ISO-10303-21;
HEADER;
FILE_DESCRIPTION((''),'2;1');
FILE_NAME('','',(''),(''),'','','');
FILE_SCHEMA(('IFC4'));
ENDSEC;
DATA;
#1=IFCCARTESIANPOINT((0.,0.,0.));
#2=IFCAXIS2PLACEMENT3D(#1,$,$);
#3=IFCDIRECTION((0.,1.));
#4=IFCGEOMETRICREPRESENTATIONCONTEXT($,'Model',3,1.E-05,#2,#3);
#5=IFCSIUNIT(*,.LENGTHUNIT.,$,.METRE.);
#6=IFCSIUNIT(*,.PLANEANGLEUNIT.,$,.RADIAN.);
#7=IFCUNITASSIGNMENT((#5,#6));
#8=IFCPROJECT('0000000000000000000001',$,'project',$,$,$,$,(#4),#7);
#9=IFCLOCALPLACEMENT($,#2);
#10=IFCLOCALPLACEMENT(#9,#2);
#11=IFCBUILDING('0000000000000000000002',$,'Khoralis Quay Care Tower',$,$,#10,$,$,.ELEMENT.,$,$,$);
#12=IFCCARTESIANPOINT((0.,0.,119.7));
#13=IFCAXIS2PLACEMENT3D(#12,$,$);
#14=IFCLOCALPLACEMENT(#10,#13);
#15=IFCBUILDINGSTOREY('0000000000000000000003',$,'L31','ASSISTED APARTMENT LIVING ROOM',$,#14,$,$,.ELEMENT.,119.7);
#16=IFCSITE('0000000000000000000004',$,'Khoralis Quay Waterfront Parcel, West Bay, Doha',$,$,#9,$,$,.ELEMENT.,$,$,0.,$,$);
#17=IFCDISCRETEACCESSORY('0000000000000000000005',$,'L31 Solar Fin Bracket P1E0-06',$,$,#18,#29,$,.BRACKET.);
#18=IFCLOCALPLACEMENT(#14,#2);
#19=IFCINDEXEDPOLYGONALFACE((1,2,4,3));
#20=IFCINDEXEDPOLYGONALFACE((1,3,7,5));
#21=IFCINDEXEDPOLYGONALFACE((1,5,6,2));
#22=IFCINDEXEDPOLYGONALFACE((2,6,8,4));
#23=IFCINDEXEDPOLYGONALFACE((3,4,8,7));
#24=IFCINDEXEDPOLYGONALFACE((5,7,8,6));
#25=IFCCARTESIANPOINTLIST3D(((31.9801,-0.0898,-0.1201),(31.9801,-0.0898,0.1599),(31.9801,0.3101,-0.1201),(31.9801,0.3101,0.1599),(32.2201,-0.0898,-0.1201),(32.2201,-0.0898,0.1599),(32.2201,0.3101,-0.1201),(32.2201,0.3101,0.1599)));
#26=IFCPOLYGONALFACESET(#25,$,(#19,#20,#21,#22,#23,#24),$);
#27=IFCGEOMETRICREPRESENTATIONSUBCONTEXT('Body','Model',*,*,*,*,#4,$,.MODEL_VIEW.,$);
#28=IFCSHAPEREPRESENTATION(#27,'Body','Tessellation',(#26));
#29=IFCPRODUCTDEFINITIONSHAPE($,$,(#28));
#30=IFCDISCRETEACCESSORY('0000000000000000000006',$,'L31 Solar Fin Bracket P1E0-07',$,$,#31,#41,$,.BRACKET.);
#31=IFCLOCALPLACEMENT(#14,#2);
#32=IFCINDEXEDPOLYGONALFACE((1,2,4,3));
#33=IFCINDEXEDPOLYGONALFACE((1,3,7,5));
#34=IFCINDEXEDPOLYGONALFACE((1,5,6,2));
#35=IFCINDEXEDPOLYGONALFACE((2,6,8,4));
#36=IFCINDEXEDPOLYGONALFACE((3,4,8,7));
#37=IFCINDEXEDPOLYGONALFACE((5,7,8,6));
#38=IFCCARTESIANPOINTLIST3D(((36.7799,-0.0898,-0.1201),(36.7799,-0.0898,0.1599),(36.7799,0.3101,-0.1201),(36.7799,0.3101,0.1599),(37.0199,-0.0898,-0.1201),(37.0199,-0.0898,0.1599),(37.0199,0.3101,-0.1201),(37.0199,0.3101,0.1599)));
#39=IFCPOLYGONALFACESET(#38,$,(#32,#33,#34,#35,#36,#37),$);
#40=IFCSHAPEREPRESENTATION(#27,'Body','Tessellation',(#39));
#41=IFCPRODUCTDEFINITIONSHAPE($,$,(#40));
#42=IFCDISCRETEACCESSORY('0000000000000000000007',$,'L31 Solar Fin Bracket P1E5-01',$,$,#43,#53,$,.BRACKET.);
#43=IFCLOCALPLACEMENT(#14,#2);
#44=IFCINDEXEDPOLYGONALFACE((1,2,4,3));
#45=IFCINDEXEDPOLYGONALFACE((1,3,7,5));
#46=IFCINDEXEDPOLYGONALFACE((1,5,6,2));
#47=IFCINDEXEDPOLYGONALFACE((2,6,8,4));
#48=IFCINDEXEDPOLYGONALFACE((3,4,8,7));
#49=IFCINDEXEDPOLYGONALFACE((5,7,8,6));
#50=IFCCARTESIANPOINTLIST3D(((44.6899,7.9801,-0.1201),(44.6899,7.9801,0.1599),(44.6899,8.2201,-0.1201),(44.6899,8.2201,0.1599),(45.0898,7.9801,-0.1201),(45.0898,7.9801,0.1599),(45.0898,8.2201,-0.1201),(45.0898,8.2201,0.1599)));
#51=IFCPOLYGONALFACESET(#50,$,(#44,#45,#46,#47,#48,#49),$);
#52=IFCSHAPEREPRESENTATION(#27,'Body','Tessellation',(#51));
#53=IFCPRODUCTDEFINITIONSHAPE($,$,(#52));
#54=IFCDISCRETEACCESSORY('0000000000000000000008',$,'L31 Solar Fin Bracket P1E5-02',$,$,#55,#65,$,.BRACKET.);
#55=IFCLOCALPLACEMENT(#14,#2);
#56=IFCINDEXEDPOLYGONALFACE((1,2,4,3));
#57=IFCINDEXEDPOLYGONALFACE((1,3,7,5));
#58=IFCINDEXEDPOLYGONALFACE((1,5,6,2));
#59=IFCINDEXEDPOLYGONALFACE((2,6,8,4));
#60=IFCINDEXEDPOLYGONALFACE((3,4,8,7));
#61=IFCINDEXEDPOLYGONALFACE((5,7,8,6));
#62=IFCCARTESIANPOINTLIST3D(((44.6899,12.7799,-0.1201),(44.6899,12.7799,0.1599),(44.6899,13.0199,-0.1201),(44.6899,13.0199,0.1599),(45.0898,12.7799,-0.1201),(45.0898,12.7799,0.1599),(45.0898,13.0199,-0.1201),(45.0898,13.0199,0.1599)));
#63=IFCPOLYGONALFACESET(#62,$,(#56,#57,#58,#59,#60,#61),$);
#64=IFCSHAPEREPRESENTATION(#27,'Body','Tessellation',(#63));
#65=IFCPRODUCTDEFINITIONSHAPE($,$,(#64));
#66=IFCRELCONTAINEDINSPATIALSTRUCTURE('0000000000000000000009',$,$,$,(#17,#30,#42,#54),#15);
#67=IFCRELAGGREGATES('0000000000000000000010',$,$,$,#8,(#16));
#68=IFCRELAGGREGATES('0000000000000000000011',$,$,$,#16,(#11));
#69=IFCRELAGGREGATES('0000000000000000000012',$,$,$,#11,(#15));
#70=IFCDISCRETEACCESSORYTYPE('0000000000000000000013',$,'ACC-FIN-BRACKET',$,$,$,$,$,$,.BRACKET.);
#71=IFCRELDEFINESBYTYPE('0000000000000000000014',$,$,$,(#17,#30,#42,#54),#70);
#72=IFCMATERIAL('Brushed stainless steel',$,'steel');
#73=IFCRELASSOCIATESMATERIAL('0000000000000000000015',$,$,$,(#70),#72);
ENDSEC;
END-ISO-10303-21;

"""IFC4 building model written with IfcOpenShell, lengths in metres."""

from ifc_helpers import new_model, si_unit, direction, frame, origin, origin_2d, place, context, subcontext, project, spatial, rectangle, extrude, source, transform, mapped, material, type_object, element, save


model = new_model("IFC4")

# Units and contexts
model_context = context("Model", 3, precision=1e-05, world=origin(), true_north=direction((0.0, 1.0)))
body_context = subcontext(model_context, "Body", "Model", "MODEL_VIEW")
ifc_project = project(units=[si_unit("LENGTHUNIT", "METRE"), si_unit("PLANEANGLEUNIT", "RADIAN")], contexts=[model_context])

# Site, building, storey
site_placement = place(None, origin())
site = spatial("IfcSite", under=ifc_project, at=site_placement, Name="Khoralis Quay Waterfront Parcel, West Bay, Doha", CompositionType="ELEMENT", RefElevation=0.0)
building_placement = place(site_placement, origin())
building = spatial("IfcBuilding", under=site, at=building_placement, Name="Khoralis Quay Care Tower", CompositionType="ELEMENT")
storey_placement = place(building_placement, frame((0.0, 0.0, 119.7)))
storey = spatial("IfcBuildingStorey", under=building, at=storey_placement, Name="L31", Description="ASSISTED APARTMENT LIVING ROOM", CompositionType="ELEMENT", Elevation=119.7)

# Discrete accessories
ifc_material_1 = material(Name="Brushed stainless steel", Category="steel")
discrete_accessory_type = type_object("IfcDiscreteAccessoryType", Name="ACC-FIN-BRACKET", PredefinedType="BRACKET", material=ifc_material_1)
shared_shape_1 = source(origin(), body_context, "Body", "SweptSolid", [
    extrude(rectangle(XDim=0.3999, YDim=0.24, at=origin_2d()), origin(), (0.0, 0.0, 1.0), 0.28),
])
for number, where, z_axis, x_axis, name in (
    (1, (32.1001, 0.1101, -0.1201), (0.0, 0.0, 1.0), (0.0, -1.0, 0.0), "L31 Solar Fin Bracket P1E0-06"),
    (2, (36.8999, 0.1101, -0.1201), (0.0, 0.0, 1.0), (0.0, -1.0, 0.0), "L31 Solar Fin Bracket P1E0-07"),
    (3, (44.8899, 8.1001, -0.1201), (0.0, 0.0, 1.0), (1.0, 0.0, 0.0), "L31 Solar Fin Bracket P1E5-01"),
    (4, (44.8899, 12.8999, -0.1201), (0.0, 0.0, 1.0), (1.0, 0.0, 0.0), "L31 Solar Fin Bracket P1E5-02"),
):
    element("IfcDiscreteAccessory", number, at=place(storey_placement, frame(where, z_axis=z_axis, x_axis=x_axis)), inside=storey, type_object=discrete_accessory_type, Name=name, PredefinedType="BRACKET", context=body_context, shape_type="MappedRepresentation", body=[
        mapped(shared_shape_1, transform((0.0, 0.0, 0.0), scale=1.0)),
    ])

save(model, "model.ifc")
